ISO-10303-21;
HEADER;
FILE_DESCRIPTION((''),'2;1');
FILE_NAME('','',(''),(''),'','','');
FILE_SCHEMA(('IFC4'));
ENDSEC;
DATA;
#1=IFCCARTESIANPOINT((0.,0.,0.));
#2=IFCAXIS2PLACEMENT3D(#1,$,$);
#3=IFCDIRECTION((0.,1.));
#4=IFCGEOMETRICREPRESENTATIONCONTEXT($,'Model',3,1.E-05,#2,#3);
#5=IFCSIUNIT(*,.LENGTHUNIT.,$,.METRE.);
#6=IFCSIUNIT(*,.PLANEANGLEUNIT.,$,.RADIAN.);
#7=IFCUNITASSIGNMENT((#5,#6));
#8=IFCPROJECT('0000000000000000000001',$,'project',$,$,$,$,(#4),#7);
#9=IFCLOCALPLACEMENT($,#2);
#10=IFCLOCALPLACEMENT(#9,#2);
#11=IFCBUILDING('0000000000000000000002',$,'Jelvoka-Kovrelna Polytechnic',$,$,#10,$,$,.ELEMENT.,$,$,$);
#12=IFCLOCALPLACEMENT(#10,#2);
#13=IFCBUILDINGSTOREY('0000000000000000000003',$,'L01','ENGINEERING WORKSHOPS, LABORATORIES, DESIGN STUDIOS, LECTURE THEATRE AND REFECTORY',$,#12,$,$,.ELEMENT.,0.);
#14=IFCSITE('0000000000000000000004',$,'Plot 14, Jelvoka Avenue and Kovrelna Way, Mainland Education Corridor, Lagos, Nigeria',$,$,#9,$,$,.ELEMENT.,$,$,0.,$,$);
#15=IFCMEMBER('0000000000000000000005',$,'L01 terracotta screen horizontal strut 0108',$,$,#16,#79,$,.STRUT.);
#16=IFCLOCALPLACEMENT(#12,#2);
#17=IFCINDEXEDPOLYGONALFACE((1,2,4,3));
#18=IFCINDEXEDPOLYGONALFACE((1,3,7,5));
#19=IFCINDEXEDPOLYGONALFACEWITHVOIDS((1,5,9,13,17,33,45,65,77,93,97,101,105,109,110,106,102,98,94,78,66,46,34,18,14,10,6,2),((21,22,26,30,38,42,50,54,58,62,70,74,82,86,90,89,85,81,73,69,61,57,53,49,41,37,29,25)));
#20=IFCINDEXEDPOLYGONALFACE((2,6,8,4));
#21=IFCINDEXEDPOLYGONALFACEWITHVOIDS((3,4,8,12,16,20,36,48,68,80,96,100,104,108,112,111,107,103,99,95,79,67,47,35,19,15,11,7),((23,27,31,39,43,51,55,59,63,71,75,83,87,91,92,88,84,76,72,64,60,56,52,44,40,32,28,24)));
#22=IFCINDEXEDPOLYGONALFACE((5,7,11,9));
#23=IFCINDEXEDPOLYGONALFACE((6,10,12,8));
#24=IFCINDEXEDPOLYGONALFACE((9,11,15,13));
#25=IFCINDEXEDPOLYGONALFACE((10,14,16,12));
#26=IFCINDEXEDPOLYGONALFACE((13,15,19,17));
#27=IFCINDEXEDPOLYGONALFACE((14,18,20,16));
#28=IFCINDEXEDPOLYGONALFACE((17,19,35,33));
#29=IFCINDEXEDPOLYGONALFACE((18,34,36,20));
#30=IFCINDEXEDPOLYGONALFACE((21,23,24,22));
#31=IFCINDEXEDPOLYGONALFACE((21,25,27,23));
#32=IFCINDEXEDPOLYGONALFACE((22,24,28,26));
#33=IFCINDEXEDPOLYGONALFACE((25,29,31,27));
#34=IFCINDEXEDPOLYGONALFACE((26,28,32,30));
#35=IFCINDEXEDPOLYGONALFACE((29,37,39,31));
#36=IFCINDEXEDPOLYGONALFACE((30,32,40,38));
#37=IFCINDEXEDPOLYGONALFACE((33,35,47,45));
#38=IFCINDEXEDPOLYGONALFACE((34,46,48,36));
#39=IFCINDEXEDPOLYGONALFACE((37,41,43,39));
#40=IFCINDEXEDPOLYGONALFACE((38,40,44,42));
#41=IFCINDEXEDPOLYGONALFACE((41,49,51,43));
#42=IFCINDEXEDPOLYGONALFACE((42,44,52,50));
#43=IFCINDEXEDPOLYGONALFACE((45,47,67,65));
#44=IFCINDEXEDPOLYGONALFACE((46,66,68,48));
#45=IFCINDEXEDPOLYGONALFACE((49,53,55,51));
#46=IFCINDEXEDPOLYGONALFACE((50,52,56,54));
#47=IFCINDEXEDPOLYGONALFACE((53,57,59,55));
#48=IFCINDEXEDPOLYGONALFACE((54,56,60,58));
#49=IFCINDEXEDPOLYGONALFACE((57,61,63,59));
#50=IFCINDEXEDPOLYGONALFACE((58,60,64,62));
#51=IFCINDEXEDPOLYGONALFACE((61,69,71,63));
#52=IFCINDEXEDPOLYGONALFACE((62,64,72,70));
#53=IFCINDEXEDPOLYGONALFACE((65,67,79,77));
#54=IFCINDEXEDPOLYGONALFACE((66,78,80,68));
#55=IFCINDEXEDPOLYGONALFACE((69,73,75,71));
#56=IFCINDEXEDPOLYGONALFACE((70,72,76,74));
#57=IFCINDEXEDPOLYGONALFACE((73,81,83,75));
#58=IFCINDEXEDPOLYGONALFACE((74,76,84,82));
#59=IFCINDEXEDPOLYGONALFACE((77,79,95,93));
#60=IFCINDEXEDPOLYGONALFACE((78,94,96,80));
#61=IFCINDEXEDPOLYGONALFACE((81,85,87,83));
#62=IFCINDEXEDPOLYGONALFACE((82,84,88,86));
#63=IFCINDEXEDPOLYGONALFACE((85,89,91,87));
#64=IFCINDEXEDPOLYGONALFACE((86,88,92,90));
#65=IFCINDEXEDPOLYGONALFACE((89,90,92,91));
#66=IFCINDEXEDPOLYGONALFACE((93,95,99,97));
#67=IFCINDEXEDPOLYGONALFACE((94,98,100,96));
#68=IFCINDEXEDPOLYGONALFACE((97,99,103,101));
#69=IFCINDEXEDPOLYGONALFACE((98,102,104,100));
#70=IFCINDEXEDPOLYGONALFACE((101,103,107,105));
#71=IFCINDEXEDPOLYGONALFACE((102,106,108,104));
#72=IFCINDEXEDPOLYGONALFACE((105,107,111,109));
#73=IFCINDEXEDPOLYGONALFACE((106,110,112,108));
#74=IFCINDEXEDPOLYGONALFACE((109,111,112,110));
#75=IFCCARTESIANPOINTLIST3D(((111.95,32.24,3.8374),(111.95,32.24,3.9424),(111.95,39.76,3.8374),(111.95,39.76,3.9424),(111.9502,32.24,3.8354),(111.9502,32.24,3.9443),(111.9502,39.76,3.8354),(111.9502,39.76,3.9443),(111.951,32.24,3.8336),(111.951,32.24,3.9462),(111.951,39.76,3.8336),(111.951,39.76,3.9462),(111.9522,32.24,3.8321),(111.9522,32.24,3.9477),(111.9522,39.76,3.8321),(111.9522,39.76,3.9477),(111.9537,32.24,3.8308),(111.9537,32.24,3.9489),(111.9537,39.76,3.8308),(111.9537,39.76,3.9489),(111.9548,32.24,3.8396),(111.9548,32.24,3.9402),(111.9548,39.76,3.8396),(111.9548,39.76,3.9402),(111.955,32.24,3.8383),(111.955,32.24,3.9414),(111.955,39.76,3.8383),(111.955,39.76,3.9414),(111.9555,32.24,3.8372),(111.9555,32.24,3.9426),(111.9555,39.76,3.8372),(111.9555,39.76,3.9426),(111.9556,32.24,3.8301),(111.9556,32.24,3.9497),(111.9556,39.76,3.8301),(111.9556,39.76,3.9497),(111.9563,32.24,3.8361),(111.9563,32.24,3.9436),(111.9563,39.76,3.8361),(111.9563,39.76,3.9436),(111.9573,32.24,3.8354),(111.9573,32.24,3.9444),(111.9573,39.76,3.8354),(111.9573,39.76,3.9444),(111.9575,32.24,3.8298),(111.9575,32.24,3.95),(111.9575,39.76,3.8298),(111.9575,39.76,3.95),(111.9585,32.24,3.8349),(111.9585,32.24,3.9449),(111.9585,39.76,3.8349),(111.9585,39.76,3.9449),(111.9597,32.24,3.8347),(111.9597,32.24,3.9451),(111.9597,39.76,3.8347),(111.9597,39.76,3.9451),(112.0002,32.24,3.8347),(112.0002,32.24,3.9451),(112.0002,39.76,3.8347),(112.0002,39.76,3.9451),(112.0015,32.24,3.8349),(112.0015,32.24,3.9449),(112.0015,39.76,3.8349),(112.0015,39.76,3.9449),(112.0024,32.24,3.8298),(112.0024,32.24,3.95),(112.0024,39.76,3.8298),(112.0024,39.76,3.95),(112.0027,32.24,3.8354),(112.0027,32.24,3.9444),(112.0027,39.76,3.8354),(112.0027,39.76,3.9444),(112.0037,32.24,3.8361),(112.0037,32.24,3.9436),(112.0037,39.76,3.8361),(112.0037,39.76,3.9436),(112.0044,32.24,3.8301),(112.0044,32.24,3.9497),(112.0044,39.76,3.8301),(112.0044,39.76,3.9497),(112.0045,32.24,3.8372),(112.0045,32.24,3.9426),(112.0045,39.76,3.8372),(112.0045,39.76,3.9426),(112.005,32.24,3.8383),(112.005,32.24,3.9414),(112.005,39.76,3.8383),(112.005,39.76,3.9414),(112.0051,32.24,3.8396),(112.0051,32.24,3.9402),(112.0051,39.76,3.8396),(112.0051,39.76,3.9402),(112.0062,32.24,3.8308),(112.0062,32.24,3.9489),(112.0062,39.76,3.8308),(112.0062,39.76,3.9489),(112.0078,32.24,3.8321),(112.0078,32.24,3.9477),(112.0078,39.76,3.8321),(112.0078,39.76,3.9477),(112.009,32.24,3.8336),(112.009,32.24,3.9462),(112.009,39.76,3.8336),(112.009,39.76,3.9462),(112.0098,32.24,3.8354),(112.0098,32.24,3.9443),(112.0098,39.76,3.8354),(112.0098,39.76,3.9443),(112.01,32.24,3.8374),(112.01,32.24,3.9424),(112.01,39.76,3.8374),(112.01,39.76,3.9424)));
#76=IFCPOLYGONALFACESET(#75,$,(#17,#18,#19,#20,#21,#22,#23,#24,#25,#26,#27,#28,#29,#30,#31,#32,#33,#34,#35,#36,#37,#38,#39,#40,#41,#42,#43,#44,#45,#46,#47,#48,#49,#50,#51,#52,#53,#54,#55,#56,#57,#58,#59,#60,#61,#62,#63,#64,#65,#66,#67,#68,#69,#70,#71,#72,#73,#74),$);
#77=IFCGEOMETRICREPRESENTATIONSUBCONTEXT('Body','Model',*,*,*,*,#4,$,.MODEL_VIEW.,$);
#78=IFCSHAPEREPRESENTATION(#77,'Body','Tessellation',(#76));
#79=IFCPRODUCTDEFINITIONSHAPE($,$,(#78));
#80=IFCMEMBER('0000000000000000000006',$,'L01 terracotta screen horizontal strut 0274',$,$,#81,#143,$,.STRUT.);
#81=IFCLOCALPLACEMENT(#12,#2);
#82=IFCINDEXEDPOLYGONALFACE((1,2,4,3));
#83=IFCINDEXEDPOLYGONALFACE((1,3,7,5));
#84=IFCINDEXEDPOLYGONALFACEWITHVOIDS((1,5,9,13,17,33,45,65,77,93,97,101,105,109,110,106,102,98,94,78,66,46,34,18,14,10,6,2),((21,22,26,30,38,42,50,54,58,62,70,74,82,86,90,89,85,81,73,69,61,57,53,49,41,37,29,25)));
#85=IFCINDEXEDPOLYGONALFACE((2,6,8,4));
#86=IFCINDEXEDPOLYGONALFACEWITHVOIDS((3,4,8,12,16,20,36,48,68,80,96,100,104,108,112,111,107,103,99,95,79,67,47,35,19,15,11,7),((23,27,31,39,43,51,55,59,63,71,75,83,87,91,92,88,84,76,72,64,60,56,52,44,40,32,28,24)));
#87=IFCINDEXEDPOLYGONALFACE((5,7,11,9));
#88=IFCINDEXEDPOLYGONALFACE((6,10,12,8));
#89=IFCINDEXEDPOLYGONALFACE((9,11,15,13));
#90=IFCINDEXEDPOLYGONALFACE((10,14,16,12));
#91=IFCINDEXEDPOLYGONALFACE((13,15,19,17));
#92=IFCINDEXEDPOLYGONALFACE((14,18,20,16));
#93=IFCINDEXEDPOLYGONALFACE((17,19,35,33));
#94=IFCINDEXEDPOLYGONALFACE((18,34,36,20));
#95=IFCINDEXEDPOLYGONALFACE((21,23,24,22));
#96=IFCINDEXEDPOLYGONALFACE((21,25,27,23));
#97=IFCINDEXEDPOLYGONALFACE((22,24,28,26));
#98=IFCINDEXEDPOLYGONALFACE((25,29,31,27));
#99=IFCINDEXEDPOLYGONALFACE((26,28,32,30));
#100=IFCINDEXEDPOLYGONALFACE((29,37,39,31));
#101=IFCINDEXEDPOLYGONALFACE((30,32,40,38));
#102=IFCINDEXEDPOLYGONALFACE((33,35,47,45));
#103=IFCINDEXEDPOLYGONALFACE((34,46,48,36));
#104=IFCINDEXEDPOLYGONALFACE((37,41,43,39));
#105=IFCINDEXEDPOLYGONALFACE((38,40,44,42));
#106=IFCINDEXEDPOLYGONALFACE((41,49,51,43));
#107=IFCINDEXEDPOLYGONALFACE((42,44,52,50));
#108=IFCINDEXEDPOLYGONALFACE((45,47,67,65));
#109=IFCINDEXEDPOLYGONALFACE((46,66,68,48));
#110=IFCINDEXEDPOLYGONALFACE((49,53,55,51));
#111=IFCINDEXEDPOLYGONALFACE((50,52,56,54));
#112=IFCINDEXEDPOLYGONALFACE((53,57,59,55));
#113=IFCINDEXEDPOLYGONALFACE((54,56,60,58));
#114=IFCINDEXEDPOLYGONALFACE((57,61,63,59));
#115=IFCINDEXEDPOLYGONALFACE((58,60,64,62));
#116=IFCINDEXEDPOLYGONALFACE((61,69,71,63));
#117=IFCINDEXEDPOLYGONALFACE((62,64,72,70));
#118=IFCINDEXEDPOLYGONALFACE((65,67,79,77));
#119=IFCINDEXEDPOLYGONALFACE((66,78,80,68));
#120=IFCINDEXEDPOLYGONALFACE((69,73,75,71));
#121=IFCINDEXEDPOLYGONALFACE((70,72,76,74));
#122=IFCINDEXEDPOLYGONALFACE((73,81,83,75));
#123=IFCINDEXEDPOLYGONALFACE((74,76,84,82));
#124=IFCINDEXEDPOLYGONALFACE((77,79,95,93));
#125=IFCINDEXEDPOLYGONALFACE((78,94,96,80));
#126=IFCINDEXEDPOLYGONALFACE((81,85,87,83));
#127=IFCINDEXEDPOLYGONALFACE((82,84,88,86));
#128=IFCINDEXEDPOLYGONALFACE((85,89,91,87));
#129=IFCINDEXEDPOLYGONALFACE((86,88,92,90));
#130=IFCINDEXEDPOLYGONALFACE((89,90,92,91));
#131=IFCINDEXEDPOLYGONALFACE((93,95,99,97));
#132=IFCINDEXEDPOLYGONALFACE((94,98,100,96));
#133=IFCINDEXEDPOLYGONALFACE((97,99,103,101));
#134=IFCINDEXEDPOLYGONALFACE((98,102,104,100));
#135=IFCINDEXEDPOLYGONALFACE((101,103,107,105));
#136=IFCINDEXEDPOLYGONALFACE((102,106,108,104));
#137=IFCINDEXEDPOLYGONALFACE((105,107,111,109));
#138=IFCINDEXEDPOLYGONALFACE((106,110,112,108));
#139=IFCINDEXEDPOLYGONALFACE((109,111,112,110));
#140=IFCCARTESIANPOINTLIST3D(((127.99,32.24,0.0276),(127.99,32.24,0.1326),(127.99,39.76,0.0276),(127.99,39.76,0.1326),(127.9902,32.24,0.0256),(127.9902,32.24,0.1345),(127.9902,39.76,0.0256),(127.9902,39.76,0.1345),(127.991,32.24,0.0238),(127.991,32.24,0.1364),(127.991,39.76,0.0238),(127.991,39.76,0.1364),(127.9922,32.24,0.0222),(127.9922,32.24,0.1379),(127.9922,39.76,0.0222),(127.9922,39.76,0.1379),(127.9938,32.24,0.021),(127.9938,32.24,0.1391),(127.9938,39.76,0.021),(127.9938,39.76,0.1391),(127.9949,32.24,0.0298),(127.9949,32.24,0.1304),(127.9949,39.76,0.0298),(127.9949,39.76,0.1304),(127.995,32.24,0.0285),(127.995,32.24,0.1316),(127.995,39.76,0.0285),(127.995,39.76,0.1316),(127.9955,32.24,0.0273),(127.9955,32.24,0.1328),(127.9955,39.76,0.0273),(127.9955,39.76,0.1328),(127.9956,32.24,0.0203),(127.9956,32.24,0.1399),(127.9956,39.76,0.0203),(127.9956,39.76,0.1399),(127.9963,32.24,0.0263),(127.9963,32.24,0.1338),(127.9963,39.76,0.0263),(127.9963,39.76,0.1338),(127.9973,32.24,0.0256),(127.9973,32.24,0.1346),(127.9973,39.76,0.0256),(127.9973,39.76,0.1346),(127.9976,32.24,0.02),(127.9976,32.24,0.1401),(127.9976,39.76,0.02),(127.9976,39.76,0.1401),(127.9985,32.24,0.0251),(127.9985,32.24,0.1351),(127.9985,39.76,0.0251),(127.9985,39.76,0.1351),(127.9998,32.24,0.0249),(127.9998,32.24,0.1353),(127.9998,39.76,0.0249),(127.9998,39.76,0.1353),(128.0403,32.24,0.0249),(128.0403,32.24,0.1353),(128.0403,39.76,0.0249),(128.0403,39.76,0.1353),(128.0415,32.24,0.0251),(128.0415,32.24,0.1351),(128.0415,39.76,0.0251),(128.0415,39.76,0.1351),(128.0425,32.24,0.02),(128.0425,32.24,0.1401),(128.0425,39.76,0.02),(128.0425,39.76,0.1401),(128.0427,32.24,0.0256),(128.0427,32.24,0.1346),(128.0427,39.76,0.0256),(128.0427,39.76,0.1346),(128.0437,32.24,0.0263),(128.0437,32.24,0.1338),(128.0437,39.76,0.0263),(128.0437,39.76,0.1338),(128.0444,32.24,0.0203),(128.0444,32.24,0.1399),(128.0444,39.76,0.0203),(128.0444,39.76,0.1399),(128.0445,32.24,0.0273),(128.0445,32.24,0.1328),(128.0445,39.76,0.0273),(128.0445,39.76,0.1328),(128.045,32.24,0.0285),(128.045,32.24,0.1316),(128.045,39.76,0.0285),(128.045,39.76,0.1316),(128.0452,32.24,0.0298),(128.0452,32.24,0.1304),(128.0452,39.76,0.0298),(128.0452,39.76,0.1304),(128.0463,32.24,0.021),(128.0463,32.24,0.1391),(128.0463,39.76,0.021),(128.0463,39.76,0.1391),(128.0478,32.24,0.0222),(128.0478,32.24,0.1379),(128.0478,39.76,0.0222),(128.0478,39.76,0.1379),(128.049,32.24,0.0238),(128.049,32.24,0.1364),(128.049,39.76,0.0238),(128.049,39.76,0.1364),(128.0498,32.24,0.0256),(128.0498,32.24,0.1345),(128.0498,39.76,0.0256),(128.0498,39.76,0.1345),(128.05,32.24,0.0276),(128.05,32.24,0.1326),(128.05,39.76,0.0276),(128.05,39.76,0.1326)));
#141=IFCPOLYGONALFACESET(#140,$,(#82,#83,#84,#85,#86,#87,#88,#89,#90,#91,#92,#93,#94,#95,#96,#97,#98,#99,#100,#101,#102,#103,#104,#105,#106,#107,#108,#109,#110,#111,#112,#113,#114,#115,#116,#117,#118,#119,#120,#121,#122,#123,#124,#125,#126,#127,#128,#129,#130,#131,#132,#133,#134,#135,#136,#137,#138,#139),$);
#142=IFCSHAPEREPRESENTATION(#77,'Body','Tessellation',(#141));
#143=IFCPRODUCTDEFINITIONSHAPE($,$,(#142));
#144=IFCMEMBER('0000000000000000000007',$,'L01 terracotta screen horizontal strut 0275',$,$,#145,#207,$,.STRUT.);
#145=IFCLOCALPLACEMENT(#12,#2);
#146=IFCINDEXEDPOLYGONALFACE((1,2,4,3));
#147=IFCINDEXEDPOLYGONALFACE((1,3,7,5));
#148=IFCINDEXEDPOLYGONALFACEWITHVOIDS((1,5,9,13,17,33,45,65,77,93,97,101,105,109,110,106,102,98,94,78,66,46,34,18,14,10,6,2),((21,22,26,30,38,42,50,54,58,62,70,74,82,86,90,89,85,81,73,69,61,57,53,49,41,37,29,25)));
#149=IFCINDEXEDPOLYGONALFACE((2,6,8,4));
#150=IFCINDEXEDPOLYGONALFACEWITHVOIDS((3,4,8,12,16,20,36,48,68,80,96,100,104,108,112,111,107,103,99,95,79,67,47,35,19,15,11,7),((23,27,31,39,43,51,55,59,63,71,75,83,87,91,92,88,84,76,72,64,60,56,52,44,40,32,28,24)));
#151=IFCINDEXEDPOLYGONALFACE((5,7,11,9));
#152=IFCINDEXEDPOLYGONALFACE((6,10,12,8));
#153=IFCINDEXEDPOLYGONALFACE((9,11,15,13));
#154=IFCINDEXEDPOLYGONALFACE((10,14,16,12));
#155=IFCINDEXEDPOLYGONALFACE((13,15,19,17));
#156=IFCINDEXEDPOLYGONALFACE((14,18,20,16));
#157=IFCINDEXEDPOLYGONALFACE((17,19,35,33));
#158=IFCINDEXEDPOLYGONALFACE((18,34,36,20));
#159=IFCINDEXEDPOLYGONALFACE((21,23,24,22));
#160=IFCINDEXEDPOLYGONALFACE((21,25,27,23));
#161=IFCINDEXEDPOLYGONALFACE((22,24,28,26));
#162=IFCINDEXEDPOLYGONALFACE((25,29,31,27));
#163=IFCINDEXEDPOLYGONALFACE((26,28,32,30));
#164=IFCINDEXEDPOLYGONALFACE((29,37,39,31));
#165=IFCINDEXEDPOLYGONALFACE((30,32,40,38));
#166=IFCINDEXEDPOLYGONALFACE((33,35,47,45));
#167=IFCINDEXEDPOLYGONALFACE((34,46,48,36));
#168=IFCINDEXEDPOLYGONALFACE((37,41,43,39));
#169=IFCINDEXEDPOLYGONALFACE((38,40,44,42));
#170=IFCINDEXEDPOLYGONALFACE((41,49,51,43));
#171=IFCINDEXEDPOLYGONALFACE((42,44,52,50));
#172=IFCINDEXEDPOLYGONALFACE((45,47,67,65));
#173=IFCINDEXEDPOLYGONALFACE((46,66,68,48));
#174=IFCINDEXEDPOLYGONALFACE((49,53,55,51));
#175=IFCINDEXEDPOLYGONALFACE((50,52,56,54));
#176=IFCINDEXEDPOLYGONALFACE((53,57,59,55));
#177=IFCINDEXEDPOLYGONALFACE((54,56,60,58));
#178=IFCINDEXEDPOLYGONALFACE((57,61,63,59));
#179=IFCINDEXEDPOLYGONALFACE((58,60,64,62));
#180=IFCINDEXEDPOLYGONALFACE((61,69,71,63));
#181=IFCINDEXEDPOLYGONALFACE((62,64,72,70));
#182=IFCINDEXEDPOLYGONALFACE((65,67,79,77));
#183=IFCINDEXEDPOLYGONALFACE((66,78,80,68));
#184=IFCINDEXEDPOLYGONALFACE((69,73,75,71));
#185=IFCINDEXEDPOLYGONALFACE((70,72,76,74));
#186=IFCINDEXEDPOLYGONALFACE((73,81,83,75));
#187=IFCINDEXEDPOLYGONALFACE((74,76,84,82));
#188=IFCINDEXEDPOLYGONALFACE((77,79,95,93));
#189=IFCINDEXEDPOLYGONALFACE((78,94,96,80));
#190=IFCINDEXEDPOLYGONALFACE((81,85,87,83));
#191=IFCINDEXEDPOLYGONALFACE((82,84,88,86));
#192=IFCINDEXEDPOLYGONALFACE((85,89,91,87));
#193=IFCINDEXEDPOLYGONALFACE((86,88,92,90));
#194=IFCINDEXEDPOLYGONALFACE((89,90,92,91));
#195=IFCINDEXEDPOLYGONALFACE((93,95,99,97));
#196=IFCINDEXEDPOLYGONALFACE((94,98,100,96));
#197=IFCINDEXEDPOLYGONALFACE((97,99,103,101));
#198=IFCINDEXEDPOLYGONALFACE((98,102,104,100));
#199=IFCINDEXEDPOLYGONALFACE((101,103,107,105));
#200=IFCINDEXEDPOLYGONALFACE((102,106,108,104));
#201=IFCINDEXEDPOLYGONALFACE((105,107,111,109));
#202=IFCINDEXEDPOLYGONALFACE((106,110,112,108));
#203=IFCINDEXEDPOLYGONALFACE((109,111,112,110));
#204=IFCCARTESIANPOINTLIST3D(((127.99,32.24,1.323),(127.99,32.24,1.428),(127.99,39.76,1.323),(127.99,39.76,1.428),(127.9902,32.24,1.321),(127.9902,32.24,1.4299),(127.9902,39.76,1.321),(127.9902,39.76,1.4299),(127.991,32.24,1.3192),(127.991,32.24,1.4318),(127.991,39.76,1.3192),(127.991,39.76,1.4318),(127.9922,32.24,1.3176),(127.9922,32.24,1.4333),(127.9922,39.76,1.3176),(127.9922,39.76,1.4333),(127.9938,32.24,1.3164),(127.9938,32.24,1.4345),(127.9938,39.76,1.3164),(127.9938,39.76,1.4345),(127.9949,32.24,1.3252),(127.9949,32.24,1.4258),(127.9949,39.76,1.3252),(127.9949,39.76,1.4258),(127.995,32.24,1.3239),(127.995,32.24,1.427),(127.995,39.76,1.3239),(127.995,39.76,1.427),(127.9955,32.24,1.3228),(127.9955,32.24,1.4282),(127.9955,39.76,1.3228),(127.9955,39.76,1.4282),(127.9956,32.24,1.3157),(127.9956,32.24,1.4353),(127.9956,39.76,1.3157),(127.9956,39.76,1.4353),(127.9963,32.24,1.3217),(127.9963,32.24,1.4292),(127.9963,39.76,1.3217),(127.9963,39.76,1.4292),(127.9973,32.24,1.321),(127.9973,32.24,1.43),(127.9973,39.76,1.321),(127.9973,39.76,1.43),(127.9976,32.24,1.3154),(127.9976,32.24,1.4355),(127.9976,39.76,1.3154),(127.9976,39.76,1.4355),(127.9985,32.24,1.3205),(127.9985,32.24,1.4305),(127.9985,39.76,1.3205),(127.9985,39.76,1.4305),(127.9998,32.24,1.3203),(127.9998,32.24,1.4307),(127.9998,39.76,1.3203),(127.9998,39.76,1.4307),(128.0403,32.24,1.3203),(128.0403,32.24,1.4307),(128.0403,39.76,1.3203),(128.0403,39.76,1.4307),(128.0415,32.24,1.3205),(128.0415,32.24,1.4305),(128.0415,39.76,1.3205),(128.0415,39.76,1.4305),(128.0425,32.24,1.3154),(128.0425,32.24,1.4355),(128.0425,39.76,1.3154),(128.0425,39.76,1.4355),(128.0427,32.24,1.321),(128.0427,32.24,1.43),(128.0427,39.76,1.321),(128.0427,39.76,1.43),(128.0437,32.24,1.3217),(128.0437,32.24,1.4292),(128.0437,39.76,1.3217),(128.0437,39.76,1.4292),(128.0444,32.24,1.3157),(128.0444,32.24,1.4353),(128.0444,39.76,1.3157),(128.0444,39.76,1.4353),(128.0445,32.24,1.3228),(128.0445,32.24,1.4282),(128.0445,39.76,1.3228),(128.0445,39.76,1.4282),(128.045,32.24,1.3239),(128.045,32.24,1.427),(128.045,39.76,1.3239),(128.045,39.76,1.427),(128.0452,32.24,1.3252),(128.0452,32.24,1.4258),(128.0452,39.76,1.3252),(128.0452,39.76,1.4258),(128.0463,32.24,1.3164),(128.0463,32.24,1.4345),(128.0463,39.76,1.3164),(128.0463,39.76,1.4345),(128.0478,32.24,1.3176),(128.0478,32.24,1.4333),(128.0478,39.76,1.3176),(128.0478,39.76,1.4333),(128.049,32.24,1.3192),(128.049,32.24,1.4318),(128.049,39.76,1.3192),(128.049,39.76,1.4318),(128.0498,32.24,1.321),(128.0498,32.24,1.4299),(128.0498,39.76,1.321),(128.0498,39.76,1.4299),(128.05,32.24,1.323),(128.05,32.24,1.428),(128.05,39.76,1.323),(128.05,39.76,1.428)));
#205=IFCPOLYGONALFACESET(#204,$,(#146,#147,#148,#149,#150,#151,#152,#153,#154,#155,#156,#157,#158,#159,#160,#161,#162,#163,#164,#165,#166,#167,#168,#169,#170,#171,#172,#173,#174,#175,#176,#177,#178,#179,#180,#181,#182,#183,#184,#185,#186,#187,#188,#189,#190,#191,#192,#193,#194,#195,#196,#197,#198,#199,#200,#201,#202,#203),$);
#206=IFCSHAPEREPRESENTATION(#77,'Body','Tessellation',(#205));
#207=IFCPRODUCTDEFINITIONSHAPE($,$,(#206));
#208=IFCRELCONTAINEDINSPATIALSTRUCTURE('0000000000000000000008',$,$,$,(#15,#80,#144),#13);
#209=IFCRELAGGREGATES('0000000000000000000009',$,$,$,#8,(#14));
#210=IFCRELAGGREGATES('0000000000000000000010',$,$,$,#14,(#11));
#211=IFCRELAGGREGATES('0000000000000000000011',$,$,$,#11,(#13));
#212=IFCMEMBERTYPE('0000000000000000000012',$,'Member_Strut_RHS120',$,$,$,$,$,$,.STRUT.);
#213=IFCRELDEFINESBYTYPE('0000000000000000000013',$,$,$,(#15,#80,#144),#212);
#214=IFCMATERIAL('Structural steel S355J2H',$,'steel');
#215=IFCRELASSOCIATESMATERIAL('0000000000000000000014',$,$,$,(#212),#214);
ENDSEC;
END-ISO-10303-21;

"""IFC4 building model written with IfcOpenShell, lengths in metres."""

from ifc_helpers import new_model, si_unit, direction, frame, origin, origin_2d, place, context, subcontext, project, spatial, hollow_rectangle, extrude, material, material_profile, profile_set, type_object, element, save


model = new_model("IFC4")

# Units and contexts
model_context = context("Model", 3, precision=1e-05, world=origin(), true_north=direction((0.0, 1.0)))
body_context = subcontext(model_context, "Body", "Model", "MODEL_VIEW")
ifc_project = project(units=[si_unit("LENGTHUNIT", "METRE"), si_unit("PLANEANGLEUNIT", "RADIAN")], contexts=[model_context])

# Site, building, storey
site_placement = place(None, origin())
site = spatial("IfcSite", under=ifc_project, at=site_placement, Name="Plot 14, Jelvoka Avenue and Kovrelna Way, Mainland Education Corridor, Lagos, Nigeria", CompositionType="ELEMENT", RefElevation=0.0)
building_placement = place(site_placement, origin())
building = spatial("IfcBuilding", under=site, at=building_placement, Name="Jelvoka-Kovrelna Polytechnic", CompositionType="ELEMENT")
storey_placement = place(building_placement, origin())
storey = spatial("IfcBuildingStorey", under=building, at=storey_placement, Name="L01", Description="ENGINEERING WORKSHOPS, LABORATORIES, DESIGN STUDIOS, LECTURE THEATRE AND REFECTORY", CompositionType="ELEMENT", Elevation=0.0)

# Members
ifc_material_1 = material(Name="Structural steel S355J2H", Category="steel")
ifc_material_profile_1 = material_profile(ifc_material_1, hollow_rectangle(XDim=0.0601, YDim=0.1201, WallThickness=0.0049, InnerFilletRadius=0.0049, OuterFilletRadius=0.0076, at=origin_2d()), Name="120x60x5.0 RHS")
ifc_profile_set_1 = profile_set([ifc_material_profile_1], Name="Structural steel S355J2H")
member_type_1 = type_object("IfcMemberType", Name="Member_Strut_RHS120", PredefinedType="STRUT", material=ifc_profile_set_1)
for number, where, z_axis, x_axis, name in (
    (1, (111.98, 32.24, 3.8899), (0.0, 1.0, 0.0), (-1.0, 0.0, 0.0), "L01 terracotta screen horizontal strut 0108"),
    (2, (128.02, 32.24, 0.0801), (0.0, 1.0, 0.0), (-1.0, 0.0, 0.0), "L01 terracotta screen horizontal strut 0274"),
    (3, (128.02, 32.24, 1.3755), (0.0, 1.0, 0.0), (-1.0, 0.0, 0.0), "L01 terracotta screen horizontal strut 0275"),
):
    element("IfcMember", number, at=place(storey_placement, frame(where, z_axis=z_axis, x_axis=x_axis)), inside=storey, type_object=member_type_1, Name=name, PredefinedType="STRUT", context=body_context, shape_type="SweptSolid", body=[
        extrude(hollow_rectangle(XDim=0.0601, YDim=0.1201, WallThickness=0.0049, InnerFilletRadius=0.0049, OuterFilletRadius=0.0076, at=origin_2d()), origin(), (0.0, 0.0, 1.0), 7.52),
    ])

save(model, "model.ifc")
